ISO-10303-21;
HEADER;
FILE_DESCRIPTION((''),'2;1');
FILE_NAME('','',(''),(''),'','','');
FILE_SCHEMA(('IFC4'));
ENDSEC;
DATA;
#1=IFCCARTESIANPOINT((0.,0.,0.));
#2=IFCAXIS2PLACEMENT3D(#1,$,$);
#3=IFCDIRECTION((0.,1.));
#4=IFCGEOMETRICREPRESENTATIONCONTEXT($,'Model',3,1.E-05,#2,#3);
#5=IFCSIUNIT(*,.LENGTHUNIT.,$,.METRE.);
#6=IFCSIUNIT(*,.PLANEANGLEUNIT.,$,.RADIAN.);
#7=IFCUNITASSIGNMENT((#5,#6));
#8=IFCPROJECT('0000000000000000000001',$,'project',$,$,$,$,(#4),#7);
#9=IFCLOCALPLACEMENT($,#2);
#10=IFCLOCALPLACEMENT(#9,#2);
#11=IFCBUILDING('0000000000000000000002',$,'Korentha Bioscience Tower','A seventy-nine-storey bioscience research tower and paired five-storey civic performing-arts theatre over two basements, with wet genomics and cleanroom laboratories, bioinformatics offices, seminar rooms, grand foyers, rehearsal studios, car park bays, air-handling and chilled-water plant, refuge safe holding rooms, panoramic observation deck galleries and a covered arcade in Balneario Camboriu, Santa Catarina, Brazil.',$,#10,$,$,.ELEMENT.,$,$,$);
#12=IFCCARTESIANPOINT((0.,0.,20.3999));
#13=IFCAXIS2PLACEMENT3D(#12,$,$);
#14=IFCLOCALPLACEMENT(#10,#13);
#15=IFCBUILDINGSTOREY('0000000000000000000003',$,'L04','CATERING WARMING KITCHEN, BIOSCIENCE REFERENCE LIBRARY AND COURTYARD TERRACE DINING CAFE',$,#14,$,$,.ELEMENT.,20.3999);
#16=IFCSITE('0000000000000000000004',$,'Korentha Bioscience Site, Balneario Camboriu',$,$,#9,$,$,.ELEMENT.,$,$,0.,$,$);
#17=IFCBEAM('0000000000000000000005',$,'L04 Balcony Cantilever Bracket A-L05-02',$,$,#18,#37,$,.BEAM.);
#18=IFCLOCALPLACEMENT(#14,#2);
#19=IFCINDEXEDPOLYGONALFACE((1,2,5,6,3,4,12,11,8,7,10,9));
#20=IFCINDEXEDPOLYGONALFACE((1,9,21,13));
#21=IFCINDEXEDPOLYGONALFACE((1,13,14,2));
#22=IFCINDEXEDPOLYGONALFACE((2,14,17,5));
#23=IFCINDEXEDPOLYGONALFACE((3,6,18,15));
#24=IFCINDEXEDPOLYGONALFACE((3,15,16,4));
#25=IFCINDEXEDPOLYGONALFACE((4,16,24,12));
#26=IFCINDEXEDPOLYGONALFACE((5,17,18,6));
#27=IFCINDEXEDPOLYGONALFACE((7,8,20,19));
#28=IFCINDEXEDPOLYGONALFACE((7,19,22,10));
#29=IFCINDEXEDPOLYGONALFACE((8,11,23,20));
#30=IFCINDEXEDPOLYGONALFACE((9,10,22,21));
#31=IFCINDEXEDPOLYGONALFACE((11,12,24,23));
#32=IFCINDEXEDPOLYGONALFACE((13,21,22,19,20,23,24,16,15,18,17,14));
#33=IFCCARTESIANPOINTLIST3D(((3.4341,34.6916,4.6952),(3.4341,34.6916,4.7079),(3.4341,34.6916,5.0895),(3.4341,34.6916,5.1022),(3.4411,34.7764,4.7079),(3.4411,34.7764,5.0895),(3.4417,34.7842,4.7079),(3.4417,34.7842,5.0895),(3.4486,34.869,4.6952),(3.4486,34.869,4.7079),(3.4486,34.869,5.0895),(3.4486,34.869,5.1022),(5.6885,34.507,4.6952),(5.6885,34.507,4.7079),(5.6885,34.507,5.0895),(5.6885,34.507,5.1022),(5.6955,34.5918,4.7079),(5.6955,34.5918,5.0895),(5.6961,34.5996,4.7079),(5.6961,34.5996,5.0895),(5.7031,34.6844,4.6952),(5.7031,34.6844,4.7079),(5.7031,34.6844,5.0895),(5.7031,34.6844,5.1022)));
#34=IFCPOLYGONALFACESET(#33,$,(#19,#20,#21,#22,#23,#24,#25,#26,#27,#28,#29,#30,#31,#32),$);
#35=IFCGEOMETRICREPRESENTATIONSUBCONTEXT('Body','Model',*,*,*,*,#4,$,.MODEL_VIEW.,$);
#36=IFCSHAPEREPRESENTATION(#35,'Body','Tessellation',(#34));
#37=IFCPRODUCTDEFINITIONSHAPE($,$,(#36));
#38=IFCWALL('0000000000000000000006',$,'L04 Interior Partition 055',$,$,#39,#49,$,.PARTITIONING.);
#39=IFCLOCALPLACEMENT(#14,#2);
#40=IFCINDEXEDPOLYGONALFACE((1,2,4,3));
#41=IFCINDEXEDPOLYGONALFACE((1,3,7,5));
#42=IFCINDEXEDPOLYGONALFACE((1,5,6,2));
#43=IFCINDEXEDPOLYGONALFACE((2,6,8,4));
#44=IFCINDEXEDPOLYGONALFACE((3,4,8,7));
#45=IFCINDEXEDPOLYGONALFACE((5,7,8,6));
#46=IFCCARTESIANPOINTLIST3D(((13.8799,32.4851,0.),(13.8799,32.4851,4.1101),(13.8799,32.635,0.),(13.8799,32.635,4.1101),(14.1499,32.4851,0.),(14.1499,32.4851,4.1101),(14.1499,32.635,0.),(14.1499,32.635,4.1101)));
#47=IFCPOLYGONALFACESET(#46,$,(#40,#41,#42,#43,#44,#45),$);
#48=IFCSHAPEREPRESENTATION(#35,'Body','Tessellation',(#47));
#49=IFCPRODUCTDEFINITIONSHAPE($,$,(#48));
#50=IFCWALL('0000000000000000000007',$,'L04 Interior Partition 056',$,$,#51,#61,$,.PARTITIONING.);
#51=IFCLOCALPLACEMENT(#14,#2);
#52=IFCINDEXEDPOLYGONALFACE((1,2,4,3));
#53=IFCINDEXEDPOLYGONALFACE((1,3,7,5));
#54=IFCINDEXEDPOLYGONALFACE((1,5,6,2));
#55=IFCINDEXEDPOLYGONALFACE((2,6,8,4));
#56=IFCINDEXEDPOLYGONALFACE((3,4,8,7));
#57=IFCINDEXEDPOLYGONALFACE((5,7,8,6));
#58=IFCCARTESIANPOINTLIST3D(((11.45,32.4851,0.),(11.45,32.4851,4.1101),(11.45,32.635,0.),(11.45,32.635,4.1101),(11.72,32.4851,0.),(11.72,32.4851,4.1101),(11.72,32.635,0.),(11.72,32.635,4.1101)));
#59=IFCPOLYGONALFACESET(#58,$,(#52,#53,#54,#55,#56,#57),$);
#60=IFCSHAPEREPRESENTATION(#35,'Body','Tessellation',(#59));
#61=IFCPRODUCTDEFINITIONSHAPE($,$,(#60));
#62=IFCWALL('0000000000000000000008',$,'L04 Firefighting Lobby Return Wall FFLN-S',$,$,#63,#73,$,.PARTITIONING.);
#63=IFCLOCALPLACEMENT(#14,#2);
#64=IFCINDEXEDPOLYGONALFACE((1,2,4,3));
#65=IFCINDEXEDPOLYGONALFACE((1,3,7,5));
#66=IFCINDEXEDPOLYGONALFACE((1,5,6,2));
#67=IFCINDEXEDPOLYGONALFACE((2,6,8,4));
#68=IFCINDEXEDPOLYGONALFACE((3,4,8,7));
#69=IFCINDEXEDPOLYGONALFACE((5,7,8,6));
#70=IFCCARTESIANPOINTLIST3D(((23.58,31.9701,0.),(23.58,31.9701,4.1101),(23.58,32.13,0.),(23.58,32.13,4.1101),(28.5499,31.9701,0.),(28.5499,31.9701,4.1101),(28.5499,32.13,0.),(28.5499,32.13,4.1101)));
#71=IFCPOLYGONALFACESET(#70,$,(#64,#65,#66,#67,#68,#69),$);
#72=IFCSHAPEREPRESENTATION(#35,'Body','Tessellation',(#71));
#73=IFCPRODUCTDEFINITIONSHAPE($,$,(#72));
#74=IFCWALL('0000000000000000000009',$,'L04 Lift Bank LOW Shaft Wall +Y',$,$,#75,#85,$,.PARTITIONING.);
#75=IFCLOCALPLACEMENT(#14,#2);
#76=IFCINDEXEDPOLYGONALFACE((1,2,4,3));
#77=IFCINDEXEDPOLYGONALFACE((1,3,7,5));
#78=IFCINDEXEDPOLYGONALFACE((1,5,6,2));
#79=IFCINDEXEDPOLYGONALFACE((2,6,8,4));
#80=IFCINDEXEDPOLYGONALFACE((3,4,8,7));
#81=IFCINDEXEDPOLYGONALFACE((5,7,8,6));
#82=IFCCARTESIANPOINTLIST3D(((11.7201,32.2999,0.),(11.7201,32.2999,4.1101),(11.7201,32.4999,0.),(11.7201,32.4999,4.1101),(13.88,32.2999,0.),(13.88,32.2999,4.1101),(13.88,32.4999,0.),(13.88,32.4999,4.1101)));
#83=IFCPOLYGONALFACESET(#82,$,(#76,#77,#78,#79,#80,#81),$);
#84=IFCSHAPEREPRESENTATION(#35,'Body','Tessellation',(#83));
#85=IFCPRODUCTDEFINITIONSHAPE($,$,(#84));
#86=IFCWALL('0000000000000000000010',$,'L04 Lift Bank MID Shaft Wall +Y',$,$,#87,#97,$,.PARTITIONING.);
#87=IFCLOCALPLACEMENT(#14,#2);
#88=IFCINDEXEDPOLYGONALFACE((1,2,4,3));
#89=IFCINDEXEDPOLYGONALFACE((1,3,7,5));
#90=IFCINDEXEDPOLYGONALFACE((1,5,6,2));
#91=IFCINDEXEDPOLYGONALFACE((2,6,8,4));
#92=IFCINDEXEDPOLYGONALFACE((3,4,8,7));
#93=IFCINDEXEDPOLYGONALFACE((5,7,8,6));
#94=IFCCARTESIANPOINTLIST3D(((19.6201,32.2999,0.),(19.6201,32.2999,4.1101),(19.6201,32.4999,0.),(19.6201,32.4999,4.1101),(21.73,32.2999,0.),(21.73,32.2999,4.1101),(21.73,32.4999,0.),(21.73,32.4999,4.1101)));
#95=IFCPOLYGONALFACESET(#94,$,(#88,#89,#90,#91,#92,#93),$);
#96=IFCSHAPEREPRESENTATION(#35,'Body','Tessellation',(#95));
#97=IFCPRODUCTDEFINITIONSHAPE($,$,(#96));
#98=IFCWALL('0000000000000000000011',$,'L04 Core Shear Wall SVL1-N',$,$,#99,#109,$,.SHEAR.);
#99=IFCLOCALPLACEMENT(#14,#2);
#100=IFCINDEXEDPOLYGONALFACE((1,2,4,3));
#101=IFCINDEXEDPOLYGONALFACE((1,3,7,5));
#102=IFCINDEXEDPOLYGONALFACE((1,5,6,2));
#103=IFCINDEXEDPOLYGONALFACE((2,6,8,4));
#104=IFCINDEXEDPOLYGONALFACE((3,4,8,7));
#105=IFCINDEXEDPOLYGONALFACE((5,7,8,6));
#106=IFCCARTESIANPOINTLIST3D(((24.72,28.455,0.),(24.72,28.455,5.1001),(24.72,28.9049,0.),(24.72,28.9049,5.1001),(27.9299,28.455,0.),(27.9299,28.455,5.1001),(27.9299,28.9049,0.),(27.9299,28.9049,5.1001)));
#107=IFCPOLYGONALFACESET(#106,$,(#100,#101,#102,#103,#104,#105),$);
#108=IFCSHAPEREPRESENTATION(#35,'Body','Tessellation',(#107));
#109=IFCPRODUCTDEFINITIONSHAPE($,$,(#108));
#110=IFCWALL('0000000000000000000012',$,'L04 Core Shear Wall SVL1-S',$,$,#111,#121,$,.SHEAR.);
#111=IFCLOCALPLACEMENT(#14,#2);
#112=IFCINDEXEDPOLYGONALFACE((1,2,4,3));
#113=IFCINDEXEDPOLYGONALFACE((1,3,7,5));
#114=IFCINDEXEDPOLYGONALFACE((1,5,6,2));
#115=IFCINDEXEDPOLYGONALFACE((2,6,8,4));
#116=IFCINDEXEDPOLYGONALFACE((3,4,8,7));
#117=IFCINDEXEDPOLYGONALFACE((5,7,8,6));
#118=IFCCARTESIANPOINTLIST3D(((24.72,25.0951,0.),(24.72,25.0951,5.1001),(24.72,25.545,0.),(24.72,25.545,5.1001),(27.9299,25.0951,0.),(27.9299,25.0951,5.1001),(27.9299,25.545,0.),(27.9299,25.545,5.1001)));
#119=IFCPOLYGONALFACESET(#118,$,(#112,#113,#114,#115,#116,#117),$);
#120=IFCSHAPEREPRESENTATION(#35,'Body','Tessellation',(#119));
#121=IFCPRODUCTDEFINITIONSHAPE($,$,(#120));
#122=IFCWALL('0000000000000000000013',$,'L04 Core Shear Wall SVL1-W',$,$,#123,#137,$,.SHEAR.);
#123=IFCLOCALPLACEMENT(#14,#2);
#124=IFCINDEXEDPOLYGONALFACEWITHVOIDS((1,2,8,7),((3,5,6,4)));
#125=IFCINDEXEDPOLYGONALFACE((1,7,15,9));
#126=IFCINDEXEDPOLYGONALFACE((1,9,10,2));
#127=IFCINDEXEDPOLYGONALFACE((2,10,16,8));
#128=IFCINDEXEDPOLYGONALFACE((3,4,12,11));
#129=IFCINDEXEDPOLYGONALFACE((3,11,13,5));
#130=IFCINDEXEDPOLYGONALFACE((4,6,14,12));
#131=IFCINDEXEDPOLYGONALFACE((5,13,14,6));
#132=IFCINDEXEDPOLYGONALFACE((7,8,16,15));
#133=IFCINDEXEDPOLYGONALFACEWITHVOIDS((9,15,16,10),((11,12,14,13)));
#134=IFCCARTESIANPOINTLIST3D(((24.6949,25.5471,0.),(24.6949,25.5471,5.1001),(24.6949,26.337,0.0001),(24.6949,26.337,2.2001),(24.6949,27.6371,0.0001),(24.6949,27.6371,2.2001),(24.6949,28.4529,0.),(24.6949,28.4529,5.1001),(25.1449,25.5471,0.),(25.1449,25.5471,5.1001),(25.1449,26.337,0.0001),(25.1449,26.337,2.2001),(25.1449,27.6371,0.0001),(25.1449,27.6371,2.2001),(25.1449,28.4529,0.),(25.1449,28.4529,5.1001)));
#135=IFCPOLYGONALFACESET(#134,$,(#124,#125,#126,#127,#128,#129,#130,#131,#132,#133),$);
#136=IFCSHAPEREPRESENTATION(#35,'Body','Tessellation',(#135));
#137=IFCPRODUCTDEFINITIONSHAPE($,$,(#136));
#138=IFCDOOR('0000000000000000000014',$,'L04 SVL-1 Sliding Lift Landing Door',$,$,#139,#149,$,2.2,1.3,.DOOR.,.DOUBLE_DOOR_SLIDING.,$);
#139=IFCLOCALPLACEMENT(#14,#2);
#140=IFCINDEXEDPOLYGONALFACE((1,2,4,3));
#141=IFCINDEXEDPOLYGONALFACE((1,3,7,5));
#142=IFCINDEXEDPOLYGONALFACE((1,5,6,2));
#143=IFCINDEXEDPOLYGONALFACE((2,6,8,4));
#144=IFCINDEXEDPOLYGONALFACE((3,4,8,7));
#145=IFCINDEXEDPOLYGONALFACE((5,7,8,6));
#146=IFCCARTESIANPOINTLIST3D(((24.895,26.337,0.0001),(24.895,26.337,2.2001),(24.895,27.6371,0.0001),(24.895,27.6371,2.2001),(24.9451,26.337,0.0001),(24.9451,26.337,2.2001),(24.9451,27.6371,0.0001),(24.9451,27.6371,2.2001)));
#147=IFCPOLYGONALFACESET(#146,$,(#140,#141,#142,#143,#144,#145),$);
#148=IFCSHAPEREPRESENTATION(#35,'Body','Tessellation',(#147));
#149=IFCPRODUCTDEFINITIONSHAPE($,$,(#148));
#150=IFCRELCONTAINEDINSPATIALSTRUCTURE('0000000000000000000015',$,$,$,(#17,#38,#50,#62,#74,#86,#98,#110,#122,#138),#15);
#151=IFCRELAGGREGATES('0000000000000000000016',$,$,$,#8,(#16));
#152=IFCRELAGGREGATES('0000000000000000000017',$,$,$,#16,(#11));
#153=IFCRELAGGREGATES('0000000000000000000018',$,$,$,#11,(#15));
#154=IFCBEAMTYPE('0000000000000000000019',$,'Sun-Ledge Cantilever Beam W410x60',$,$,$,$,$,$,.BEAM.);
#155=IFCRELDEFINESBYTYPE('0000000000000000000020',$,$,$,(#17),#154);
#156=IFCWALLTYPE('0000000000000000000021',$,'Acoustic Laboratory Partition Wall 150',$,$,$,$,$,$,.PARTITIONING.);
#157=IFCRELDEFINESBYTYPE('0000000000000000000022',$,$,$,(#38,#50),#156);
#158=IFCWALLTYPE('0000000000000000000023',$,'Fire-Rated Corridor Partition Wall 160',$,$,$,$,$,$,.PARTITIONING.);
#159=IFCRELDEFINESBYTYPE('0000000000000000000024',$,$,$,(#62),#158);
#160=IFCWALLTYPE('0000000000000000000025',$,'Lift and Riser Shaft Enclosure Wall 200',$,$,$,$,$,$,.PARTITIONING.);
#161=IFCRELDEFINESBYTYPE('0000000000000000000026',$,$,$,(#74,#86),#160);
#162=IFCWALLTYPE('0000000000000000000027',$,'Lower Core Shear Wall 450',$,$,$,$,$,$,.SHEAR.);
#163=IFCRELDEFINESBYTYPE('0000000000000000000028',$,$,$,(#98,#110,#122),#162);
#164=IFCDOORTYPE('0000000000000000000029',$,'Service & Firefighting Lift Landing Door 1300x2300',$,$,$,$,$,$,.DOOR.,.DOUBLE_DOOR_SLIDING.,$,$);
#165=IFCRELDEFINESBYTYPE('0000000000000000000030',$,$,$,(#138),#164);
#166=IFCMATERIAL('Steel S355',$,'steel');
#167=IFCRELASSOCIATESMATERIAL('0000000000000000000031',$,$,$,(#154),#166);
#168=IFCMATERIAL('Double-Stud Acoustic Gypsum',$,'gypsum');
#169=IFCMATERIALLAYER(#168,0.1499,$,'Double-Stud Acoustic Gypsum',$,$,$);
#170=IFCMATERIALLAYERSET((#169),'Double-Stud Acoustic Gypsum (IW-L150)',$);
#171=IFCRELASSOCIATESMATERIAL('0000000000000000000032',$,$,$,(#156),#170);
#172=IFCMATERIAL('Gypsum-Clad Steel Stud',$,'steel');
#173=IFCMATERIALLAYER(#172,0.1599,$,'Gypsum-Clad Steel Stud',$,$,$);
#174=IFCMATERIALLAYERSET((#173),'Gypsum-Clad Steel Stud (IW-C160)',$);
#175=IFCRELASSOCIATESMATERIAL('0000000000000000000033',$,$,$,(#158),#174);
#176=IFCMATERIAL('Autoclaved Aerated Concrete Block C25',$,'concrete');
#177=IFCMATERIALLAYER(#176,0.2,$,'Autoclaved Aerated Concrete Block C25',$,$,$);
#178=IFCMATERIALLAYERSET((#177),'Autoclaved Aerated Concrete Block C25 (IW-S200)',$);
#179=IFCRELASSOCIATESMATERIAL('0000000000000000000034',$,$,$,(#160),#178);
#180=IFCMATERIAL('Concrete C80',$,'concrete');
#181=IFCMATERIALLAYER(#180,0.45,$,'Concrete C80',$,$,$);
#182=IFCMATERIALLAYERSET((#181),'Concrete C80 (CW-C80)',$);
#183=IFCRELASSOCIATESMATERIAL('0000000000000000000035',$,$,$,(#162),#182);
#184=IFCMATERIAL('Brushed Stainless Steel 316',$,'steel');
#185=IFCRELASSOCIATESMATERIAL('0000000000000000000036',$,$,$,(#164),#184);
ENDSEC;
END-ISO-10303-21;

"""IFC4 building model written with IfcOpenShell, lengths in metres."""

from ifc_helpers import new_model, si_unit, direction, frame, frame_2d, origin, origin_2d, place, context, subcontext, project, spatial, rectangle, i_section, extrude, material, layer, layer_set, material_profile, profile_set, type_object, element, fill, save


model = new_model("IFC4")

# Units and contexts
model_context = context("Model", 3, precision=1e-05, world=origin(), true_north=direction((0.0, 1.0)))
body_context = subcontext(model_context, "Body", "Model", "MODEL_VIEW")
ifc_project = project(units=[si_unit("LENGTHUNIT", "METRE"), si_unit("PLANEANGLEUNIT", "RADIAN")], contexts=[model_context])

# Site, building, storey
site_placement = place(None, origin())
site = spatial("IfcSite", under=ifc_project, at=site_placement, Name="Korentha Bioscience Site, Balneario Camboriu", CompositionType="ELEMENT", RefElevation=0.0)
building_placement = place(site_placement, origin())
building = spatial("IfcBuilding", under=site, at=building_placement, Name="Korentha Bioscience Tower", Description="A seventy-nine-storey bioscience research tower and paired five-storey civic performing-arts theatre over two basements, with wet genomics and cleanroom laboratories, bioinformatics offices, seminar rooms, grand foyers, rehearsal studios, car park bays, air-handling and chilled-water plant, refuge safe holding rooms, panoramic observation deck galleries and a covered arcade in Balneario Camboriu, Santa Catarina, Brazil.", CompositionType="ELEMENT")
storey_placement = place(building_placement, frame((0.0, 0.0, 20.3999)))
storey = spatial("IfcBuildingStorey", under=building, at=storey_placement, Name="L04", Description="CATERING WARMING KITCHEN, BIOSCIENCE REFERENCE LIBRARY AND COURTYARD TERRACE DINING CAFE", CompositionType="ELEMENT", Elevation=20.3999)

# Shared definitions
ifc_material_1 = material(Name="Concrete C80", Category="concrete")

# Beam
ifc_material_2 = material(Name="Steel S355", Category="steel")
ifc_material_profile_1 = material_profile(ifc_material_2, i_section(OverallWidth=0.178, OverallDepth=0.407, WebThickness=0.0078, FlangeThickness=0.0127, at=origin_2d()), Name="Steel S355")
ifc_profile_set_1 = profile_set([ifc_material_profile_1], Name="Steel S355 (CB-410)")
beam_type_1 = type_object("IfcBeamType", Name="Sun-Ledge Cantilever Beam W410x60", PredefinedType="BEAM", material=ifc_profile_set_1)
beam_1_placement = place(storey_placement, frame((5.6958, 34.5957, 4.8987), z_axis=(-0.996665, 0.081598, 0.0), x_axis=(-0.081598, -0.996665, 0.0)))
element("IfcBeam", 1, at=beam_1_placement, inside=storey, type_object=beam_type_1, Name="L04 Balcony Cantilever Bracket A-L05-02", PredefinedType="BEAM", context=body_context, shape_type="SweptSolid", body=[
    extrude(i_section(OverallWidth=0.178, OverallDepth=0.407, WebThickness=0.0078, FlangeThickness=0.0127, at=origin_2d()), origin(), (0.0, 0.0, 1.0), 2.262),
])

# Walls
ifc_material_3 = material(Name="Double-Stud Acoustic Gypsum", Category="gypsum")
ifc_layer_1 = layer(ifc_material_3, 0.1499, Name="Double-Stud Acoustic Gypsum")
ifc_layer_set_1 = layer_set([ifc_layer_1], Name="Double-Stud Acoustic Gypsum (IW-L150)")
wall_type_1 = type_object("IfcWallType", Name="Acoustic Laboratory Partition Wall 150", PredefinedType="PARTITIONING", material=ifc_layer_set_1)
for number, where, z_axis, x_axis, name in (
    (2, (14.1499, 32.5601, 0.0), (0.0, 0.0, 1.0), (-1.0, 0.0, 0.0), "L04 Interior Partition 055"),
    (3, (11.72, 32.5601, 0.0), (0.0, 0.0, 1.0), (-1.0, 0.0, 0.0), "L04 Interior Partition 056"),
):
    element("IfcWall", number, at=place(storey_placement, frame(where, z_axis=z_axis, x_axis=x_axis)), inside=storey, type_object=wall_type_1, Name=name, PredefinedType="PARTITIONING", context=body_context, shape_type="SweptSolid", body=[
        extrude(rectangle(XDim=0.27, YDim=0.1499, at=frame_2d((0.135, 0.0))), origin(), (0.0, 0.0, 1.0), 4.1101),
    ])

# Shared definitions
ifc_material_4 = material(Name="Gypsum-Clad Steel Stud", Category="steel")
ifc_layer_2 = layer(ifc_material_4, 0.1599, Name="Gypsum-Clad Steel Stud")
ifc_layer_set_2 = layer_set([ifc_layer_2], Name="Gypsum-Clad Steel Stud (IW-C160)")
wall_type_2 = type_object("IfcWallType", Name="Fire-Rated Corridor Partition Wall 160", PredefinedType="PARTITIONING", material=ifc_layer_set_2)

# Walls
wall_1_placement = place(storey_placement, frame((23.5801, 32.05, 0.0), z_axis=(0.0, 0.0, 1.0), x_axis=(1.0, 0.0, 0.0)))
element("IfcWall", 4, at=wall_1_placement, inside=storey, type_object=wall_type_2, Name="L04 Firefighting Lobby Return Wall FFLN-S", PredefinedType="PARTITIONING", context=body_context, shape_type="SweptSolid", body=[
    extrude(rectangle(XDim=4.97, YDim=0.1599, at=frame_2d((2.4849, 0.0))), origin(), (0.0, 0.0, 1.0), 4.1101),
])
ifc_material_5 = material(Name="Autoclaved Aerated Concrete Block C25", Category="concrete")
ifc_layer_3 = layer(ifc_material_5, 0.2, Name="Autoclaved Aerated Concrete Block C25")
ifc_layer_set_3 = layer_set([ifc_layer_3], Name="Autoclaved Aerated Concrete Block C25 (IW-S200)")
wall_type_3 = type_object("IfcWallType", Name="Lift and Riser Shaft Enclosure Wall 200", PredefinedType="PARTITIONING", material=ifc_layer_set_3)
wall_2_placement = place(storey_placement, frame((11.72, 32.3999, 0.0), z_axis=(0.0, 0.0, 1.0), x_axis=(1.0, 0.0, 0.0)))
element("IfcWall", 5, at=wall_2_placement, inside=storey, type_object=wall_type_3, Name="L04 Lift Bank LOW Shaft Wall +Y", PredefinedType="PARTITIONING", context=body_context, shape_type="SweptSolid", body=[
    extrude(rectangle(XDim=2.1599, YDim=0.2, at=frame_2d((1.0801, 0.0))), origin(), (0.0, 0.0, 1.0), 4.1101),
])
wall_3_placement = place(storey_placement, frame((19.6201, 32.3999, 0.0), z_axis=(0.0, 0.0, 1.0), x_axis=(1.0, 0.0, 0.0)))
element("IfcWall", 6, at=wall_3_placement, inside=storey, type_object=wall_type_3, Name="L04 Lift Bank MID Shaft Wall +Y", PredefinedType="PARTITIONING", context=body_context, shape_type="SweptSolid", body=[
    extrude(rectangle(XDim=2.1099, YDim=0.2, at=frame_2d((1.0549, 0.0))), origin(), (0.0, 0.0, 1.0), 4.1101),
])
ifc_layer_4 = layer(ifc_material_1, 0.45, Name="Concrete C80")
ifc_layer_set_4 = layer_set([ifc_layer_4], Name="Concrete C80 (CW-C80)")
wall_type_4 = type_object("IfcWallType", Name="Lower Core Shear Wall 450", PredefinedType="SHEAR", material=ifc_layer_set_4)
for number, where, z_axis, x_axis, name in (
    (7, (24.72, 28.6799, 0.0), (0.0, 0.0, 1.0), (1.0, 0.0, 0.0), "L04 Core Shear Wall SVL1-N"),
    (8, (24.72, 25.3201, 0.0), (0.0, 0.0, 1.0), (1.0, 0.0, 0.0), "L04 Core Shear Wall SVL1-S"),
):
    element("IfcWall", number, at=place(storey_placement, frame(where, z_axis=z_axis, x_axis=x_axis)), inside=storey, type_object=wall_type_4, Name=name, PredefinedType="SHEAR", context=body_context, shape_type="SweptSolid", body=[
        extrude(rectangle(XDim=3.21, YDim=0.45, at=frame_2d((1.605, 0.0))), origin(), (0.0, 0.0, 1.0), 5.1001),
    ])

# Wall, opening, door
wall_4_placement = place(storey_placement, frame((24.9199, 25.5471, 0.0), z_axis=(0.0, 0.0, 1.0), x_axis=(0.0, 1.0, 0.0)))
wall_4 = element("IfcWall", 9, at=wall_4_placement, inside=storey, type_object=wall_type_4, Name="L04 Core Shear Wall SVL1-W", PredefinedType="SHEAR", context=body_context, shape_type="SweptSolid", body=[
    extrude(rectangle(XDim=2.9058, YDim=0.45, at=frame_2d((1.4529, 0.0))), origin(), (0.0, 0.0, 1.0), 5.1001),
])
opening_1_placement = place(wall_4_placement, frame((0.79, 0.0, 0.0)))
opening_1 = element("IfcOpeningElement", 10, at=opening_1_placement, cuts=wall_4, PredefinedType="OPENING", context=body_context, shape_type="SweptSolid", body=[
    extrude(rectangle(XDim=1.3, YDim=2.2, at=frame_2d((0.6499, 1.1001))), frame((0.0, 0.2397, 0.0), z_axis=(0.0, -1.0, 0.0), x_axis=(1.0, 0.0, 0.0)), (0.0, 0.0, 1.0), 0.4797),
])
ifc_material_6 = material(Name="Brushed Stainless Steel 316", Category="steel")
door_type_1 = type_object("IfcDoorType", Name="Service & Firefighting Lift Landing Door 1300x2300", OperationType="DOUBLE_DOOR_SLIDING", PredefinedType="DOOR", material=ifc_material_6)
door_1_placement = place(opening_1_placement, origin())
door_1 = element("IfcDoor", 11, at=door_1_placement, inside=storey, type_object=door_type_1, Name="L04 SVL-1 Sliding Lift Landing Door", OperationType="DOUBLE_DOOR_SLIDING", OverallHeight=2.2, OverallWidth=1.3, PredefinedType="DOOR", context=body_context, shape_type="SweptSolid", body=[
    extrude(rectangle(XDim=1.3, YDim=2.2, at=frame_2d((0.6499, 1.1001))), frame((0.0, 0.0249, 0.0), z_axis=(0.0, -1.0, 0.0), x_axis=(1.0, 0.0, 0.0)), (0.0, 0.0, 1.0), 0.05),
])
fill(opening_1, door_1)

save(model, "model.ifc")
